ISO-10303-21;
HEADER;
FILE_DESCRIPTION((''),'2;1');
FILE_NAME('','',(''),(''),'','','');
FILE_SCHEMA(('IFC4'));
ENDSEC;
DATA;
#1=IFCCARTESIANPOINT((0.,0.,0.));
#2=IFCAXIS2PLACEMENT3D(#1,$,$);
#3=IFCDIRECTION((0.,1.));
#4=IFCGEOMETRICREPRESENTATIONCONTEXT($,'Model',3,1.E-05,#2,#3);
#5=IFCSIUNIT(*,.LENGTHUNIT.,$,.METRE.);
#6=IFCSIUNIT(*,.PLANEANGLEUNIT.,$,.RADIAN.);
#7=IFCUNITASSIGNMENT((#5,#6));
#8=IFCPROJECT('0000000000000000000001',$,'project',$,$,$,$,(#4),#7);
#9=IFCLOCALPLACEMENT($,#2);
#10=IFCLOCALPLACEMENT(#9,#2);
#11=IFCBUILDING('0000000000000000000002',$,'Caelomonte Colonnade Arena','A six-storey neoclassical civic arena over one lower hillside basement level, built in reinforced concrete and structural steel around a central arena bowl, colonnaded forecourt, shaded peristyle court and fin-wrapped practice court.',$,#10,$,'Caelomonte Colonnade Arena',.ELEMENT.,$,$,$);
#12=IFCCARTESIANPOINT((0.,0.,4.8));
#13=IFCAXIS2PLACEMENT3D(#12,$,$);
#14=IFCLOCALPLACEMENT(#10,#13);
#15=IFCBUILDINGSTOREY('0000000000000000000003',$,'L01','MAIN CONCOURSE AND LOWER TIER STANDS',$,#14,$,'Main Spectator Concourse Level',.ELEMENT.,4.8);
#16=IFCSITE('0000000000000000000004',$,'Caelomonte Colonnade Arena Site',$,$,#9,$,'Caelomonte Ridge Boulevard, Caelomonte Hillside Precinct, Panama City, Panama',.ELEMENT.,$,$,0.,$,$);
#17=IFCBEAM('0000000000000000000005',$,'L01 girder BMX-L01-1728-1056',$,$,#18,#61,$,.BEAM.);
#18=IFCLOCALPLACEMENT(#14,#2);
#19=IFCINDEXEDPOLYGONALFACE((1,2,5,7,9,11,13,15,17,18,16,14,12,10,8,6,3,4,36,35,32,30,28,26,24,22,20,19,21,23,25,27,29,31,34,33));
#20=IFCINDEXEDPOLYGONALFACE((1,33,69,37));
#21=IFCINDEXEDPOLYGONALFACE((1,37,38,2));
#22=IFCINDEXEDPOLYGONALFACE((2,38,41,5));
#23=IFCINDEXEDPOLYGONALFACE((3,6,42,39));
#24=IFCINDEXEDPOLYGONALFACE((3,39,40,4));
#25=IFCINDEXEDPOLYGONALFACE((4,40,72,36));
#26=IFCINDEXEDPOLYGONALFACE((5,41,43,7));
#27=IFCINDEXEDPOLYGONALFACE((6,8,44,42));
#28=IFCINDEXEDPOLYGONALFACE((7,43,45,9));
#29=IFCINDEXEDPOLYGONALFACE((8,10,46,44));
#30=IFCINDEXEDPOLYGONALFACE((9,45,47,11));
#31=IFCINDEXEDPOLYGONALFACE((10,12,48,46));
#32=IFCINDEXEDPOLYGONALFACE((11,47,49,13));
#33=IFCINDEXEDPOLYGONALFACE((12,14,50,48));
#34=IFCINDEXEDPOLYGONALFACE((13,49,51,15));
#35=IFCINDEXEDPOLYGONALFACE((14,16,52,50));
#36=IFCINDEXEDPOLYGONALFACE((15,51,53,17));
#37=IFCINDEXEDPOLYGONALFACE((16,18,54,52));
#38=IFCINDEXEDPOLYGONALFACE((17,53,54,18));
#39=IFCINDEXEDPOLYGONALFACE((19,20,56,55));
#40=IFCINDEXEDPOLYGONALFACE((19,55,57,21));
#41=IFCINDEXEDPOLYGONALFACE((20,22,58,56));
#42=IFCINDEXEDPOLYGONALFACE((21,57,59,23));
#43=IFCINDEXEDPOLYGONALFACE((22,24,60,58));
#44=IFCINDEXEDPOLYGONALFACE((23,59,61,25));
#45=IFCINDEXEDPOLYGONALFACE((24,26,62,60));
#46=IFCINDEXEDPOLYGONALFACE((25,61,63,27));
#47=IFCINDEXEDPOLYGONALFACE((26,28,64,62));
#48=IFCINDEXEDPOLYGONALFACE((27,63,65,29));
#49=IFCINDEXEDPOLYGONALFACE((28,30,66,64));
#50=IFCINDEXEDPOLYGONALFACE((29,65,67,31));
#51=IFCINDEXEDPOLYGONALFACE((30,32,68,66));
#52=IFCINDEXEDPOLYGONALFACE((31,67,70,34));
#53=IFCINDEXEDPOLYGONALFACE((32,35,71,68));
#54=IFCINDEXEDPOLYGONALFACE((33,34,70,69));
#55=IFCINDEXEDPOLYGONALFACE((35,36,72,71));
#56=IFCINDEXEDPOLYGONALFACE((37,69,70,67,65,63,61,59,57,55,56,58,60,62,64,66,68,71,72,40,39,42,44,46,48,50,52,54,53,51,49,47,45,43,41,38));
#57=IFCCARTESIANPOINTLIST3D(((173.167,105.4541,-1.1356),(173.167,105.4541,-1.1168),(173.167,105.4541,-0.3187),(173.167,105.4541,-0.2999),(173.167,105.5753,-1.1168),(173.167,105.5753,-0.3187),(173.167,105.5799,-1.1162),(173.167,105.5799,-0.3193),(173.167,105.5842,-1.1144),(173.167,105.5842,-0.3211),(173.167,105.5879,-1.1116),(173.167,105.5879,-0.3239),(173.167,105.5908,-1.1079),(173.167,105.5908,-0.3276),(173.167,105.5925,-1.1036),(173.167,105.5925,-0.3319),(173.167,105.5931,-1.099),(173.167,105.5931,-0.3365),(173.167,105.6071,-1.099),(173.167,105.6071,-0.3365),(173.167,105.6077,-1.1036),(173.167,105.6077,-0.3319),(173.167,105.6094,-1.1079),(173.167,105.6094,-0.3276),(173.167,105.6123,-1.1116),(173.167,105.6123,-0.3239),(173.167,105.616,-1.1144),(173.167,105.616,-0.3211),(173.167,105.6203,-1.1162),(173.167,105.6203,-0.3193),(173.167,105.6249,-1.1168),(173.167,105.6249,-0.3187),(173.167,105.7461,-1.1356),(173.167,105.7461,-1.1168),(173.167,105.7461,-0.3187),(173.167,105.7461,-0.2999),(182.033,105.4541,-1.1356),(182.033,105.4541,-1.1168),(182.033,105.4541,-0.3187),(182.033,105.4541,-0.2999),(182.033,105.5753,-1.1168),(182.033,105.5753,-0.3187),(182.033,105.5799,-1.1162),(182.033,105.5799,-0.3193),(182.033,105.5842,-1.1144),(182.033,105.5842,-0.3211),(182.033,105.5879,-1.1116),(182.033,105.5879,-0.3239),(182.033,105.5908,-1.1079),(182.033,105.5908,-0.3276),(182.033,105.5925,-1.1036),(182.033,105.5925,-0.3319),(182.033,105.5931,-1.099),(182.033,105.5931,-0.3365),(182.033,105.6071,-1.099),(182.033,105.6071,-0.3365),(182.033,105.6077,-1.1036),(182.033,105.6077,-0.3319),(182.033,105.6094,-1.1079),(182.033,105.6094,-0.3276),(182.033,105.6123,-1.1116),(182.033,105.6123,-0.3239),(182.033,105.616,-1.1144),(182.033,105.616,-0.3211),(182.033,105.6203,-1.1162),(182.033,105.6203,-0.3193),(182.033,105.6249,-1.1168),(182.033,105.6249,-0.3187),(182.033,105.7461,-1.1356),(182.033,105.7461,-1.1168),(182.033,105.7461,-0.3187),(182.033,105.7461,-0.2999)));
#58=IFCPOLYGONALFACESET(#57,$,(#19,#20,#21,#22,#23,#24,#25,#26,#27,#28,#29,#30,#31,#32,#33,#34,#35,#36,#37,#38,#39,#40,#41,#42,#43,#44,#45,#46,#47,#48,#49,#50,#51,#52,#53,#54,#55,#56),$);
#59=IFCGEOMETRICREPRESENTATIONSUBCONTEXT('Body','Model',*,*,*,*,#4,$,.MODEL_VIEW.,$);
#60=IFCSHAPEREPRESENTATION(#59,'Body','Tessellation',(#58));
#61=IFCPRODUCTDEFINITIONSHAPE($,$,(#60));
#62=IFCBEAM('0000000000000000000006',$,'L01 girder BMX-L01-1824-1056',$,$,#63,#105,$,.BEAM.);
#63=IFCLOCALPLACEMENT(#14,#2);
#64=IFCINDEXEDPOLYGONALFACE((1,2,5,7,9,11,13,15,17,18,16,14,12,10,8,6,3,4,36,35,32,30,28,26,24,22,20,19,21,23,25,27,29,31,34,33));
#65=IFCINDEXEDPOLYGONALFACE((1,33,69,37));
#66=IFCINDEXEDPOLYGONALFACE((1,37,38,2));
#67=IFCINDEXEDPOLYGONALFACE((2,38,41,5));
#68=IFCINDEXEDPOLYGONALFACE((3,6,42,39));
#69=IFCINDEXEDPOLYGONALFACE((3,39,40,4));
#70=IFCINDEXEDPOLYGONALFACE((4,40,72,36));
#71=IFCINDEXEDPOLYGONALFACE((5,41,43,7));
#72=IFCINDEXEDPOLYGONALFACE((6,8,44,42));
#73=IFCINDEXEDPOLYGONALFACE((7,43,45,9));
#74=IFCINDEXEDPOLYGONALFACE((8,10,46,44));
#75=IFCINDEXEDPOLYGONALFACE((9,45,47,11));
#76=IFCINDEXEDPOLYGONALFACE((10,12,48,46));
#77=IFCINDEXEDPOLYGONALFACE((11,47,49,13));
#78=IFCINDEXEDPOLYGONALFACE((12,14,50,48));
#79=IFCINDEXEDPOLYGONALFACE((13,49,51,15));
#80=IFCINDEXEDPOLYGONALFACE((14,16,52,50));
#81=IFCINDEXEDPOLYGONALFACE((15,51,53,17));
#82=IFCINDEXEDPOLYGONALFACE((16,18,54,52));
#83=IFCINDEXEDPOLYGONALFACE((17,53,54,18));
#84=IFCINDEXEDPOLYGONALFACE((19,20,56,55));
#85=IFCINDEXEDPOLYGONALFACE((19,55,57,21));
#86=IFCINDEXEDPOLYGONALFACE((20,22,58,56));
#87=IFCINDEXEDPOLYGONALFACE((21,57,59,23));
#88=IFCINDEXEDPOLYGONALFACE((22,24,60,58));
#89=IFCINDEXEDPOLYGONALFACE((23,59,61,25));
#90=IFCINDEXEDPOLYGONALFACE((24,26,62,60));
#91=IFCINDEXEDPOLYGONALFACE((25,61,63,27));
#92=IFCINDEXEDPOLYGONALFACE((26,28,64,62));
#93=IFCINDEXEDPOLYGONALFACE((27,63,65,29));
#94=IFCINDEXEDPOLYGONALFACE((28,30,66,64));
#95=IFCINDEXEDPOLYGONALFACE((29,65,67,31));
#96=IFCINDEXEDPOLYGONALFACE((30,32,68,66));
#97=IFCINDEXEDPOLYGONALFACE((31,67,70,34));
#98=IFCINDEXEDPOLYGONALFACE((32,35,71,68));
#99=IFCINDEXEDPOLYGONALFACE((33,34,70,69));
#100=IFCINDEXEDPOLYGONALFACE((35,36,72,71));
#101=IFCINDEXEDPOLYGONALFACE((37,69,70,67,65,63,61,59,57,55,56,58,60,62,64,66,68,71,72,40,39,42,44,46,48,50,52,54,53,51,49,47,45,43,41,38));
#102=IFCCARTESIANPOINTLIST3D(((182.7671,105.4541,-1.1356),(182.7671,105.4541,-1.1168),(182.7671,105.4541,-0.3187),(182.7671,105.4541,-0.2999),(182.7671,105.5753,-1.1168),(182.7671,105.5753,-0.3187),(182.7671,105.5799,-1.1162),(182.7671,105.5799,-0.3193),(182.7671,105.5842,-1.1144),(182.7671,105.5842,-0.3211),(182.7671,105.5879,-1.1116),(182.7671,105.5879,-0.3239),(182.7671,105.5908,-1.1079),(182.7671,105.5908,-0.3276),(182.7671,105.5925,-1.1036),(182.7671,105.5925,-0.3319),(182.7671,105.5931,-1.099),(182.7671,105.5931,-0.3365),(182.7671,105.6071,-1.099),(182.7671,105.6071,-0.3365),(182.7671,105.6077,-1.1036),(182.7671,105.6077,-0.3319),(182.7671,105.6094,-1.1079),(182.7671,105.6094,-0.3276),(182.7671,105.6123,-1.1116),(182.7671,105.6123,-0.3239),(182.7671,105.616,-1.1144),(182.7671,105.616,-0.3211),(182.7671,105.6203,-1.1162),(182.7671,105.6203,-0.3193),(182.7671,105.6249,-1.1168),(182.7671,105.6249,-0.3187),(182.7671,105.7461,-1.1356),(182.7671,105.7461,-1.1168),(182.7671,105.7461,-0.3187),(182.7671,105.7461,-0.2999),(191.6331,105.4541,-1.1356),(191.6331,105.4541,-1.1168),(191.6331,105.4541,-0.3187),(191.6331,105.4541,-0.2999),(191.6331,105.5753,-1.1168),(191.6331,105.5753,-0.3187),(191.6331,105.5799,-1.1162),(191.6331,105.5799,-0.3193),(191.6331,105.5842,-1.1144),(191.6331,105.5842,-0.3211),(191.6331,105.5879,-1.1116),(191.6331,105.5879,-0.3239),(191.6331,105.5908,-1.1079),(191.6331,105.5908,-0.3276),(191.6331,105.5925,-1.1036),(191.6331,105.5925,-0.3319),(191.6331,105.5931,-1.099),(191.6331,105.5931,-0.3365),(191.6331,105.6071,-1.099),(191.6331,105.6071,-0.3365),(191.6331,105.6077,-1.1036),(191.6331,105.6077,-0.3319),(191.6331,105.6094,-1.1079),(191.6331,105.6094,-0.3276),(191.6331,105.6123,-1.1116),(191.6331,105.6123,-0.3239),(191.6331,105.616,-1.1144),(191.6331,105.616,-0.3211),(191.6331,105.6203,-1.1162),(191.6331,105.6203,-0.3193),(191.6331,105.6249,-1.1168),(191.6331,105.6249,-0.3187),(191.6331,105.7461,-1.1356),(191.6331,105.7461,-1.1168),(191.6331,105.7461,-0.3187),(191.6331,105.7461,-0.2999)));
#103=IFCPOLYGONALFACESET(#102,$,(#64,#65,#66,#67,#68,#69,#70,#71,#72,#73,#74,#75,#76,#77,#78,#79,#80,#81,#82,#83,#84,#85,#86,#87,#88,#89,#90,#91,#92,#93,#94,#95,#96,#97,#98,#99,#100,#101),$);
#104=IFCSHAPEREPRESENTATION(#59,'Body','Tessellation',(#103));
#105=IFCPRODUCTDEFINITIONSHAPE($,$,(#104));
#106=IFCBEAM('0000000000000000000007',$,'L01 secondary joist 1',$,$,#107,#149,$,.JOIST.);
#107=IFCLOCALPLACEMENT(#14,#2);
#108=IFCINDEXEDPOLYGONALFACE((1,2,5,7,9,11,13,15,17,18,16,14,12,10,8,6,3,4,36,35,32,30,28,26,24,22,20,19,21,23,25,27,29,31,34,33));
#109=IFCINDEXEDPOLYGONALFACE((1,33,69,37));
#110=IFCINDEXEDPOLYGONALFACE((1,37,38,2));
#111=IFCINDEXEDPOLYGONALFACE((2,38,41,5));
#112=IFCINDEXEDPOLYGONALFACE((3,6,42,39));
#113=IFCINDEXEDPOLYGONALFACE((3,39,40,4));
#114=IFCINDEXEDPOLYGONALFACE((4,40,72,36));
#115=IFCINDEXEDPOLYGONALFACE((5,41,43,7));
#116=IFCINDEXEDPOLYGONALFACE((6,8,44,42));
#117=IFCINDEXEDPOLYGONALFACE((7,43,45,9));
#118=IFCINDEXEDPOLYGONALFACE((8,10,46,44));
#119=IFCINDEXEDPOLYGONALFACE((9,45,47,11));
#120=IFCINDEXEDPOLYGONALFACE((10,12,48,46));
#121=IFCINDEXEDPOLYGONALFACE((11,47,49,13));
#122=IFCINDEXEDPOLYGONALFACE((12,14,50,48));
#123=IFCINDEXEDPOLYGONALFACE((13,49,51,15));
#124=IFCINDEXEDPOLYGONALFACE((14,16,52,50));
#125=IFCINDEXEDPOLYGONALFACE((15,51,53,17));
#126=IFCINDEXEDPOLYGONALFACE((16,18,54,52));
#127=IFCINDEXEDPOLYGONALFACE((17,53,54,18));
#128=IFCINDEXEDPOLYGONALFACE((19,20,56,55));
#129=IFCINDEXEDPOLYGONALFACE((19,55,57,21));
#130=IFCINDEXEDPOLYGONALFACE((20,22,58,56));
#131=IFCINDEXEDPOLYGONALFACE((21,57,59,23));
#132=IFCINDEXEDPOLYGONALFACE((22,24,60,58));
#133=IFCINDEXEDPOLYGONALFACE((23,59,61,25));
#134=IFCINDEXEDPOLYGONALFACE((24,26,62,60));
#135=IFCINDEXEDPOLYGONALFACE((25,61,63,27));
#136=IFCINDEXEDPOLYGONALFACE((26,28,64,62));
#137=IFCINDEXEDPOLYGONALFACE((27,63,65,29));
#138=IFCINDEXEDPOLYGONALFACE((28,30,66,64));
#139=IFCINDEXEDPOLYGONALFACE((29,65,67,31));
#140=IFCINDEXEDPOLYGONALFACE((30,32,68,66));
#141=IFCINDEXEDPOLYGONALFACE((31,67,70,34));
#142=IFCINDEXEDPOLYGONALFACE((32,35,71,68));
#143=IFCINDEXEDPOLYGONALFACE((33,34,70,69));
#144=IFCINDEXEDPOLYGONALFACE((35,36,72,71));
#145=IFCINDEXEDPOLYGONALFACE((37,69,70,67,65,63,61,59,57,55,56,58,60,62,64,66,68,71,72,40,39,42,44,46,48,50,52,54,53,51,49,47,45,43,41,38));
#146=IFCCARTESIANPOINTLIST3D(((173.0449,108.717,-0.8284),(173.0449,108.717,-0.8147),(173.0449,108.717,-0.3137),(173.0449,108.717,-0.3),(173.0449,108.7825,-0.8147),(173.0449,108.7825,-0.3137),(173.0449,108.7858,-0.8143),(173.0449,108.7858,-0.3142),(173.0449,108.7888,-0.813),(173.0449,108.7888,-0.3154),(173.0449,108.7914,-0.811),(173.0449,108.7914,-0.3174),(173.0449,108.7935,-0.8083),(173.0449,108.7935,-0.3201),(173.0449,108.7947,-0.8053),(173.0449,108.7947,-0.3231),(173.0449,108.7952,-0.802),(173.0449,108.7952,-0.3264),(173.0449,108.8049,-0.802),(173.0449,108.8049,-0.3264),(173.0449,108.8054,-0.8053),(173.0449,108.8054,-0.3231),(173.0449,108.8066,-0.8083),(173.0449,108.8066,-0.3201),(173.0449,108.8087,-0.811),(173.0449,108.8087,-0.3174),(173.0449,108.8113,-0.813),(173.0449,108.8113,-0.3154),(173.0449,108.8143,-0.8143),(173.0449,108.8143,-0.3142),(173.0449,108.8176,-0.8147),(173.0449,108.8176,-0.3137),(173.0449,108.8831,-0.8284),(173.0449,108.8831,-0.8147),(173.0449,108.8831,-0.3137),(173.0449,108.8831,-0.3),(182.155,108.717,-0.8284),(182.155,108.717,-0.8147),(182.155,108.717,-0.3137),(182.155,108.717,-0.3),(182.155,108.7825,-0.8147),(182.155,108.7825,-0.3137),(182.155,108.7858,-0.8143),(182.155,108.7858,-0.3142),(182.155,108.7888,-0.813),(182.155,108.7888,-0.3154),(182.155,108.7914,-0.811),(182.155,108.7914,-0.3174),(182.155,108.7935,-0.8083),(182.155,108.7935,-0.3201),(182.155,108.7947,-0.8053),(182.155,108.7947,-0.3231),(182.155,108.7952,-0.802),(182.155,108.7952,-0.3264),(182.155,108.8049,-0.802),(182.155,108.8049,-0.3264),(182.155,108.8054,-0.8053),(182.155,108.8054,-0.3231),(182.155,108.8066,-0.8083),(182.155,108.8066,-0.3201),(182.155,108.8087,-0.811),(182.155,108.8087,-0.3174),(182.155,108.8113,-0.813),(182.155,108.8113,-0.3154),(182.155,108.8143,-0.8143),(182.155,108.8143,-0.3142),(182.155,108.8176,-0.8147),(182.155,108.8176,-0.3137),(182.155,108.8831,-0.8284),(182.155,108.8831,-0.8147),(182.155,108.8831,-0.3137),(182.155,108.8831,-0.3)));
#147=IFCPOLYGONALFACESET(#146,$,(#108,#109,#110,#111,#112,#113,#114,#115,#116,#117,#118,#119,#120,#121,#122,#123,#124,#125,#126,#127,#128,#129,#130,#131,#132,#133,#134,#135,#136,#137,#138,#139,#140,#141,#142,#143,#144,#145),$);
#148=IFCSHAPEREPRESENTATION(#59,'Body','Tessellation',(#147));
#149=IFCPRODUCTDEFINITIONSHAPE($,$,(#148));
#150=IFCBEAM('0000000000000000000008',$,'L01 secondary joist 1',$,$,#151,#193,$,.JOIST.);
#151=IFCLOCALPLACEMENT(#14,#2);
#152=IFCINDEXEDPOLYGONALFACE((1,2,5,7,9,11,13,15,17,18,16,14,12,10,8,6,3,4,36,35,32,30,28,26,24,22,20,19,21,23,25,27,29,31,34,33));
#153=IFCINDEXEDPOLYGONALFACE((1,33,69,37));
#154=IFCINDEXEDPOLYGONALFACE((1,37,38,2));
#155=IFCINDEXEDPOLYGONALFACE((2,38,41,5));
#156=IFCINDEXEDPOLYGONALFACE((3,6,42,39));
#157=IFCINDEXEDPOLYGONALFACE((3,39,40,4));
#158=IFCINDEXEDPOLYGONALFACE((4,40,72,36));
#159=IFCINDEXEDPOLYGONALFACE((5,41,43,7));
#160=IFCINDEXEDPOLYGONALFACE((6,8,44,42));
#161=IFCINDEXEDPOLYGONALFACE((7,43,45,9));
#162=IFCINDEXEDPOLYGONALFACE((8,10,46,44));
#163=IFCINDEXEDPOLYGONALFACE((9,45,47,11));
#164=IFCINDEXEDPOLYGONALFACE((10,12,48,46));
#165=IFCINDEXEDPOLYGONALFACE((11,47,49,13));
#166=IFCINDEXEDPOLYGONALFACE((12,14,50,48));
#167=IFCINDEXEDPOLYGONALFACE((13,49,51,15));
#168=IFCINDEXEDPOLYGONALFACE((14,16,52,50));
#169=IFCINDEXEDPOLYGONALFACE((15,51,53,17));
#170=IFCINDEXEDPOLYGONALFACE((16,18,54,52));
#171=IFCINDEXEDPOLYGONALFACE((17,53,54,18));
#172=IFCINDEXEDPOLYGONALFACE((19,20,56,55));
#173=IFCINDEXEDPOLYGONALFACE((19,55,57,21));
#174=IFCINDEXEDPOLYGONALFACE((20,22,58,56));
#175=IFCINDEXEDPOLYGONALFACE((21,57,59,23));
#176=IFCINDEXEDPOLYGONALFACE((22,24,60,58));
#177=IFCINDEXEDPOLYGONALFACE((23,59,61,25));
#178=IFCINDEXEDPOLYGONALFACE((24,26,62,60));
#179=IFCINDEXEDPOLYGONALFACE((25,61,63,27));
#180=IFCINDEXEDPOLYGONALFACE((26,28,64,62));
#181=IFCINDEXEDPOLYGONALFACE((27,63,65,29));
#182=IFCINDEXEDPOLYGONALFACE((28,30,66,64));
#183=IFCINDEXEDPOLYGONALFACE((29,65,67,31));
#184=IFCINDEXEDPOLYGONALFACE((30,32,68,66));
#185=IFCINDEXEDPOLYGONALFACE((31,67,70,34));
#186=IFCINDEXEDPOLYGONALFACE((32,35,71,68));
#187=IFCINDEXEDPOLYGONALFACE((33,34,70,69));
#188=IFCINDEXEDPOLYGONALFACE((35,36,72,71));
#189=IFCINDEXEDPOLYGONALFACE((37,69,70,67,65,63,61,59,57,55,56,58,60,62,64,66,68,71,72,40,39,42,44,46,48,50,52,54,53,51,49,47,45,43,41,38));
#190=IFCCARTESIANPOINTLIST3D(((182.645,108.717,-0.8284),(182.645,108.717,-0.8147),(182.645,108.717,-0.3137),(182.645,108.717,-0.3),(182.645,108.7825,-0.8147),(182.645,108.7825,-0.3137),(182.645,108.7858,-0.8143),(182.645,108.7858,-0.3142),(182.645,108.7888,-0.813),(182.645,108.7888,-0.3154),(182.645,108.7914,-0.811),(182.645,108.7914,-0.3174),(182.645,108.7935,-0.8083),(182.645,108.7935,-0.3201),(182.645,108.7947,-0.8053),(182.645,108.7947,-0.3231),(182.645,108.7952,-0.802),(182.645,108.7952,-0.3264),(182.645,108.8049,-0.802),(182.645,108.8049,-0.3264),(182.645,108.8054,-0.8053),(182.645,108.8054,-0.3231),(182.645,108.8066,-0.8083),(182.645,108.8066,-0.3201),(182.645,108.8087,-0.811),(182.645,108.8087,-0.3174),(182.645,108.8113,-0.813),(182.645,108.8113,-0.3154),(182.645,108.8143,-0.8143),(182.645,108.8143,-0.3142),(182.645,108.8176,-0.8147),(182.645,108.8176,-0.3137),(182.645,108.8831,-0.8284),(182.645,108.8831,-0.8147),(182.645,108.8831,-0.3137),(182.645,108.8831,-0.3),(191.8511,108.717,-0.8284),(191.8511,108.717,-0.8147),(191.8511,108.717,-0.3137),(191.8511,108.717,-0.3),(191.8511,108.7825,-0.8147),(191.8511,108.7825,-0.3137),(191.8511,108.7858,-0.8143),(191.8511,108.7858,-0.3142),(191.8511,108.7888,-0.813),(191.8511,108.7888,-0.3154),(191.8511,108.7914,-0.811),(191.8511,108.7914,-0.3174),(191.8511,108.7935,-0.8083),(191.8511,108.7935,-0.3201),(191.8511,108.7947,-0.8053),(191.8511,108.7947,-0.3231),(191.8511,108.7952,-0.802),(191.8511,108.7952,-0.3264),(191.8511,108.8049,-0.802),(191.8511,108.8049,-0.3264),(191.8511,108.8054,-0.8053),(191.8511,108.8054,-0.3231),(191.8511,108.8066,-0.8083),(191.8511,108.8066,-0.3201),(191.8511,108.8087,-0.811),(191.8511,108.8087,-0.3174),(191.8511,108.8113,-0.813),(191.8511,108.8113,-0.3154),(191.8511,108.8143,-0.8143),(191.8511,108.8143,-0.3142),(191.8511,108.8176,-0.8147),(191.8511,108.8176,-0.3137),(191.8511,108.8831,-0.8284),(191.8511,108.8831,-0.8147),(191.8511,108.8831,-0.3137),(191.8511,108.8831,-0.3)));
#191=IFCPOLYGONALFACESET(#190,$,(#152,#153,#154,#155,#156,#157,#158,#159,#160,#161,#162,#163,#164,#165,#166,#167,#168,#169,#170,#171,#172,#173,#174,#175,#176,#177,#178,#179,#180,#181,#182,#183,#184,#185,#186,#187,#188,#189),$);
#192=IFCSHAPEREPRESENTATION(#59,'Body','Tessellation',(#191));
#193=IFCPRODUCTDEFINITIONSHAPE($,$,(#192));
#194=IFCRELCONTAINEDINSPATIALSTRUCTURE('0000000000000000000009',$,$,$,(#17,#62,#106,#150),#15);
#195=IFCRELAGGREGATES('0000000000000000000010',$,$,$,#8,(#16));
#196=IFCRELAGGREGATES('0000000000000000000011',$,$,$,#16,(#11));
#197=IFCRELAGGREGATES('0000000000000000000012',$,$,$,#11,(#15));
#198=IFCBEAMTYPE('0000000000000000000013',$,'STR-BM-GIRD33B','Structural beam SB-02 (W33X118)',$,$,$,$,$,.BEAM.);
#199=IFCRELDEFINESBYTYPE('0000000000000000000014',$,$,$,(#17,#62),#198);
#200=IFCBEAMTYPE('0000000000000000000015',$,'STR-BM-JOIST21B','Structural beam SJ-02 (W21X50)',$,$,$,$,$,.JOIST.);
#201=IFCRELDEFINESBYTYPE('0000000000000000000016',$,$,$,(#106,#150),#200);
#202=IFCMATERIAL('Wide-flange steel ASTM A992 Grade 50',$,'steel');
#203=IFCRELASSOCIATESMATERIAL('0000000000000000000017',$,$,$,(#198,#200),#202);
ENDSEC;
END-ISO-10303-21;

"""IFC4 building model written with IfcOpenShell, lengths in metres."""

from ifc_helpers import new_model, si_unit, direction, frame, origin, origin_2d, place, context, subcontext, project, spatial, i_section, extrude, material, material_profile, profile_set, type_object, element, save


model = new_model("IFC4")

# Units and contexts
model_context = context("Model", 3, precision=1e-05, world=origin(), true_north=direction((0.0, 1.0)))
body_context = subcontext(model_context, "Body", "Model", "MODEL_VIEW")
ifc_project = project(units=[si_unit("LENGTHUNIT", "METRE"), si_unit("PLANEANGLEUNIT", "RADIAN")], contexts=[model_context])

# Site, building, storey
site_placement = place(None, origin())
site = spatial("IfcSite", under=ifc_project, at=site_placement, Name="Caelomonte Colonnade Arena Site", LongName="Caelomonte Ridge Boulevard, Caelomonte Hillside Precinct, Panama City, Panama", CompositionType="ELEMENT", RefElevation=0.0)
building_placement = place(site_placement, origin())
building = spatial("IfcBuilding", under=site, at=building_placement, Name="Caelomonte Colonnade Arena", Description="A six-storey neoclassical civic arena over one lower hillside basement level, built in reinforced concrete and structural steel around a central arena bowl, colonnaded forecourt, shaded peristyle court and fin-wrapped practice court.", LongName="Caelomonte Colonnade Arena", CompositionType="ELEMENT")
storey_placement = place(building_placement, frame((0.0, 0.0, 4.8)))
storey = spatial("IfcBuildingStorey", under=building, at=storey_placement, Name="L01", Description="MAIN CONCOURSE AND LOWER TIER STANDS", LongName="Main Spectator Concourse Level", CompositionType="ELEMENT", Elevation=4.8)

# Beams
ifc_material_1 = material(Name="Wide-flange steel ASTM A992 Grade 50", Category="steel")
ifc_material_profile_1 = material_profile(ifc_material_1, i_section(OverallWidth=0.292, OverallDepth=0.8357, WebThickness=0.0139, FlangeThickness=0.0188, FilletRadius=0.0178, at=origin_2d()), Name="W33X118")
ifc_profile_set_1 = profile_set([ifc_material_profile_1], Name="Wide-flange steel ASTM A992 Grade 50")
beam_type_1 = type_object("IfcBeamType", Name="STR-BM-GIRD33B", Description="Structural beam SB-02 (W33X118)", PredefinedType="BEAM", material=ifc_profile_set_1)
for number, where, z_axis, x_axis, name in (
    (1, (173.167, 105.6001, -0.7178), (1.0, 0.0, 0.0), (0.0, 1.0, 0.0), "L01 girder BMX-L01-1728-1056"),
    (2, (182.7671, 105.6001, -0.7178), (1.0, 0.0, 0.0), (0.0, 1.0, 0.0), "L01 girder BMX-L01-1824-1056"),
):
    element("IfcBeam", number, at=place(storey_placement, frame(where, z_axis=z_axis, x_axis=x_axis)), inside=storey, type_object=beam_type_1, Name=name, PredefinedType="BEAM", context=body_context, shape_type="SweptSolid", body=[
        extrude(i_section(OverallWidth=0.292, OverallDepth=0.8357, WebThickness=0.0139, FlangeThickness=0.0188, FilletRadius=0.0178, at=origin_2d()), origin(), (0.0, 0.0, 1.0), 8.866),
    ])
ifc_material_profile_2 = material_profile(ifc_material_1, i_section(OverallWidth=0.166, OverallDepth=0.5283, WebThickness=0.0098, FlangeThickness=0.0137, FilletRadius=0.0127, at=origin_2d()), Name="W21X50")
ifc_profile_set_2 = profile_set([ifc_material_profile_2], Name="Wide-flange steel ASTM A992 Grade 50")
beam_type_2 = type_object("IfcBeamType", Name="STR-BM-JOIST21B", Description="Structural beam SJ-02 (W21X50)", PredefinedType="JOIST", material=ifc_profile_set_2)
beam_1_placement = place(storey_placement, frame((173.0449, 108.8, -0.5642), z_axis=(1.0, 0.0, 0.0), x_axis=(0.0, 1.0, 0.0)))
element("IfcBeam", 3, at=beam_1_placement, inside=storey, type_object=beam_type_2, Name="L01 secondary joist 1", PredefinedType="JOIST", context=body_context, shape_type="SweptSolid", body=[
    extrude(i_section(OverallWidth=0.166, OverallDepth=0.5283, WebThickness=0.0098, FlangeThickness=0.0137, FilletRadius=0.0127, at=origin_2d()), origin(), (0.0, 0.0, 1.0), 9.1101),
])
beam_2_placement = place(storey_placement, frame((182.645, 108.8, -0.5642), z_axis=(1.0, 0.0, 0.0), x_axis=(0.0, 1.0, 0.0)))
element("IfcBeam", 4, at=beam_2_placement, inside=storey, type_object=beam_type_2, Name="L01 secondary joist 1", PredefinedType="JOIST", context=body_context, shape_type="SweptSolid", body=[
    extrude(i_section(OverallWidth=0.166, OverallDepth=0.5283, WebThickness=0.0098, FlangeThickness=0.0137, FilletRadius=0.0127, at=origin_2d()), origin(), (0.0, 0.0, 1.0), 9.2061),
])

save(model, "model.ifc")
